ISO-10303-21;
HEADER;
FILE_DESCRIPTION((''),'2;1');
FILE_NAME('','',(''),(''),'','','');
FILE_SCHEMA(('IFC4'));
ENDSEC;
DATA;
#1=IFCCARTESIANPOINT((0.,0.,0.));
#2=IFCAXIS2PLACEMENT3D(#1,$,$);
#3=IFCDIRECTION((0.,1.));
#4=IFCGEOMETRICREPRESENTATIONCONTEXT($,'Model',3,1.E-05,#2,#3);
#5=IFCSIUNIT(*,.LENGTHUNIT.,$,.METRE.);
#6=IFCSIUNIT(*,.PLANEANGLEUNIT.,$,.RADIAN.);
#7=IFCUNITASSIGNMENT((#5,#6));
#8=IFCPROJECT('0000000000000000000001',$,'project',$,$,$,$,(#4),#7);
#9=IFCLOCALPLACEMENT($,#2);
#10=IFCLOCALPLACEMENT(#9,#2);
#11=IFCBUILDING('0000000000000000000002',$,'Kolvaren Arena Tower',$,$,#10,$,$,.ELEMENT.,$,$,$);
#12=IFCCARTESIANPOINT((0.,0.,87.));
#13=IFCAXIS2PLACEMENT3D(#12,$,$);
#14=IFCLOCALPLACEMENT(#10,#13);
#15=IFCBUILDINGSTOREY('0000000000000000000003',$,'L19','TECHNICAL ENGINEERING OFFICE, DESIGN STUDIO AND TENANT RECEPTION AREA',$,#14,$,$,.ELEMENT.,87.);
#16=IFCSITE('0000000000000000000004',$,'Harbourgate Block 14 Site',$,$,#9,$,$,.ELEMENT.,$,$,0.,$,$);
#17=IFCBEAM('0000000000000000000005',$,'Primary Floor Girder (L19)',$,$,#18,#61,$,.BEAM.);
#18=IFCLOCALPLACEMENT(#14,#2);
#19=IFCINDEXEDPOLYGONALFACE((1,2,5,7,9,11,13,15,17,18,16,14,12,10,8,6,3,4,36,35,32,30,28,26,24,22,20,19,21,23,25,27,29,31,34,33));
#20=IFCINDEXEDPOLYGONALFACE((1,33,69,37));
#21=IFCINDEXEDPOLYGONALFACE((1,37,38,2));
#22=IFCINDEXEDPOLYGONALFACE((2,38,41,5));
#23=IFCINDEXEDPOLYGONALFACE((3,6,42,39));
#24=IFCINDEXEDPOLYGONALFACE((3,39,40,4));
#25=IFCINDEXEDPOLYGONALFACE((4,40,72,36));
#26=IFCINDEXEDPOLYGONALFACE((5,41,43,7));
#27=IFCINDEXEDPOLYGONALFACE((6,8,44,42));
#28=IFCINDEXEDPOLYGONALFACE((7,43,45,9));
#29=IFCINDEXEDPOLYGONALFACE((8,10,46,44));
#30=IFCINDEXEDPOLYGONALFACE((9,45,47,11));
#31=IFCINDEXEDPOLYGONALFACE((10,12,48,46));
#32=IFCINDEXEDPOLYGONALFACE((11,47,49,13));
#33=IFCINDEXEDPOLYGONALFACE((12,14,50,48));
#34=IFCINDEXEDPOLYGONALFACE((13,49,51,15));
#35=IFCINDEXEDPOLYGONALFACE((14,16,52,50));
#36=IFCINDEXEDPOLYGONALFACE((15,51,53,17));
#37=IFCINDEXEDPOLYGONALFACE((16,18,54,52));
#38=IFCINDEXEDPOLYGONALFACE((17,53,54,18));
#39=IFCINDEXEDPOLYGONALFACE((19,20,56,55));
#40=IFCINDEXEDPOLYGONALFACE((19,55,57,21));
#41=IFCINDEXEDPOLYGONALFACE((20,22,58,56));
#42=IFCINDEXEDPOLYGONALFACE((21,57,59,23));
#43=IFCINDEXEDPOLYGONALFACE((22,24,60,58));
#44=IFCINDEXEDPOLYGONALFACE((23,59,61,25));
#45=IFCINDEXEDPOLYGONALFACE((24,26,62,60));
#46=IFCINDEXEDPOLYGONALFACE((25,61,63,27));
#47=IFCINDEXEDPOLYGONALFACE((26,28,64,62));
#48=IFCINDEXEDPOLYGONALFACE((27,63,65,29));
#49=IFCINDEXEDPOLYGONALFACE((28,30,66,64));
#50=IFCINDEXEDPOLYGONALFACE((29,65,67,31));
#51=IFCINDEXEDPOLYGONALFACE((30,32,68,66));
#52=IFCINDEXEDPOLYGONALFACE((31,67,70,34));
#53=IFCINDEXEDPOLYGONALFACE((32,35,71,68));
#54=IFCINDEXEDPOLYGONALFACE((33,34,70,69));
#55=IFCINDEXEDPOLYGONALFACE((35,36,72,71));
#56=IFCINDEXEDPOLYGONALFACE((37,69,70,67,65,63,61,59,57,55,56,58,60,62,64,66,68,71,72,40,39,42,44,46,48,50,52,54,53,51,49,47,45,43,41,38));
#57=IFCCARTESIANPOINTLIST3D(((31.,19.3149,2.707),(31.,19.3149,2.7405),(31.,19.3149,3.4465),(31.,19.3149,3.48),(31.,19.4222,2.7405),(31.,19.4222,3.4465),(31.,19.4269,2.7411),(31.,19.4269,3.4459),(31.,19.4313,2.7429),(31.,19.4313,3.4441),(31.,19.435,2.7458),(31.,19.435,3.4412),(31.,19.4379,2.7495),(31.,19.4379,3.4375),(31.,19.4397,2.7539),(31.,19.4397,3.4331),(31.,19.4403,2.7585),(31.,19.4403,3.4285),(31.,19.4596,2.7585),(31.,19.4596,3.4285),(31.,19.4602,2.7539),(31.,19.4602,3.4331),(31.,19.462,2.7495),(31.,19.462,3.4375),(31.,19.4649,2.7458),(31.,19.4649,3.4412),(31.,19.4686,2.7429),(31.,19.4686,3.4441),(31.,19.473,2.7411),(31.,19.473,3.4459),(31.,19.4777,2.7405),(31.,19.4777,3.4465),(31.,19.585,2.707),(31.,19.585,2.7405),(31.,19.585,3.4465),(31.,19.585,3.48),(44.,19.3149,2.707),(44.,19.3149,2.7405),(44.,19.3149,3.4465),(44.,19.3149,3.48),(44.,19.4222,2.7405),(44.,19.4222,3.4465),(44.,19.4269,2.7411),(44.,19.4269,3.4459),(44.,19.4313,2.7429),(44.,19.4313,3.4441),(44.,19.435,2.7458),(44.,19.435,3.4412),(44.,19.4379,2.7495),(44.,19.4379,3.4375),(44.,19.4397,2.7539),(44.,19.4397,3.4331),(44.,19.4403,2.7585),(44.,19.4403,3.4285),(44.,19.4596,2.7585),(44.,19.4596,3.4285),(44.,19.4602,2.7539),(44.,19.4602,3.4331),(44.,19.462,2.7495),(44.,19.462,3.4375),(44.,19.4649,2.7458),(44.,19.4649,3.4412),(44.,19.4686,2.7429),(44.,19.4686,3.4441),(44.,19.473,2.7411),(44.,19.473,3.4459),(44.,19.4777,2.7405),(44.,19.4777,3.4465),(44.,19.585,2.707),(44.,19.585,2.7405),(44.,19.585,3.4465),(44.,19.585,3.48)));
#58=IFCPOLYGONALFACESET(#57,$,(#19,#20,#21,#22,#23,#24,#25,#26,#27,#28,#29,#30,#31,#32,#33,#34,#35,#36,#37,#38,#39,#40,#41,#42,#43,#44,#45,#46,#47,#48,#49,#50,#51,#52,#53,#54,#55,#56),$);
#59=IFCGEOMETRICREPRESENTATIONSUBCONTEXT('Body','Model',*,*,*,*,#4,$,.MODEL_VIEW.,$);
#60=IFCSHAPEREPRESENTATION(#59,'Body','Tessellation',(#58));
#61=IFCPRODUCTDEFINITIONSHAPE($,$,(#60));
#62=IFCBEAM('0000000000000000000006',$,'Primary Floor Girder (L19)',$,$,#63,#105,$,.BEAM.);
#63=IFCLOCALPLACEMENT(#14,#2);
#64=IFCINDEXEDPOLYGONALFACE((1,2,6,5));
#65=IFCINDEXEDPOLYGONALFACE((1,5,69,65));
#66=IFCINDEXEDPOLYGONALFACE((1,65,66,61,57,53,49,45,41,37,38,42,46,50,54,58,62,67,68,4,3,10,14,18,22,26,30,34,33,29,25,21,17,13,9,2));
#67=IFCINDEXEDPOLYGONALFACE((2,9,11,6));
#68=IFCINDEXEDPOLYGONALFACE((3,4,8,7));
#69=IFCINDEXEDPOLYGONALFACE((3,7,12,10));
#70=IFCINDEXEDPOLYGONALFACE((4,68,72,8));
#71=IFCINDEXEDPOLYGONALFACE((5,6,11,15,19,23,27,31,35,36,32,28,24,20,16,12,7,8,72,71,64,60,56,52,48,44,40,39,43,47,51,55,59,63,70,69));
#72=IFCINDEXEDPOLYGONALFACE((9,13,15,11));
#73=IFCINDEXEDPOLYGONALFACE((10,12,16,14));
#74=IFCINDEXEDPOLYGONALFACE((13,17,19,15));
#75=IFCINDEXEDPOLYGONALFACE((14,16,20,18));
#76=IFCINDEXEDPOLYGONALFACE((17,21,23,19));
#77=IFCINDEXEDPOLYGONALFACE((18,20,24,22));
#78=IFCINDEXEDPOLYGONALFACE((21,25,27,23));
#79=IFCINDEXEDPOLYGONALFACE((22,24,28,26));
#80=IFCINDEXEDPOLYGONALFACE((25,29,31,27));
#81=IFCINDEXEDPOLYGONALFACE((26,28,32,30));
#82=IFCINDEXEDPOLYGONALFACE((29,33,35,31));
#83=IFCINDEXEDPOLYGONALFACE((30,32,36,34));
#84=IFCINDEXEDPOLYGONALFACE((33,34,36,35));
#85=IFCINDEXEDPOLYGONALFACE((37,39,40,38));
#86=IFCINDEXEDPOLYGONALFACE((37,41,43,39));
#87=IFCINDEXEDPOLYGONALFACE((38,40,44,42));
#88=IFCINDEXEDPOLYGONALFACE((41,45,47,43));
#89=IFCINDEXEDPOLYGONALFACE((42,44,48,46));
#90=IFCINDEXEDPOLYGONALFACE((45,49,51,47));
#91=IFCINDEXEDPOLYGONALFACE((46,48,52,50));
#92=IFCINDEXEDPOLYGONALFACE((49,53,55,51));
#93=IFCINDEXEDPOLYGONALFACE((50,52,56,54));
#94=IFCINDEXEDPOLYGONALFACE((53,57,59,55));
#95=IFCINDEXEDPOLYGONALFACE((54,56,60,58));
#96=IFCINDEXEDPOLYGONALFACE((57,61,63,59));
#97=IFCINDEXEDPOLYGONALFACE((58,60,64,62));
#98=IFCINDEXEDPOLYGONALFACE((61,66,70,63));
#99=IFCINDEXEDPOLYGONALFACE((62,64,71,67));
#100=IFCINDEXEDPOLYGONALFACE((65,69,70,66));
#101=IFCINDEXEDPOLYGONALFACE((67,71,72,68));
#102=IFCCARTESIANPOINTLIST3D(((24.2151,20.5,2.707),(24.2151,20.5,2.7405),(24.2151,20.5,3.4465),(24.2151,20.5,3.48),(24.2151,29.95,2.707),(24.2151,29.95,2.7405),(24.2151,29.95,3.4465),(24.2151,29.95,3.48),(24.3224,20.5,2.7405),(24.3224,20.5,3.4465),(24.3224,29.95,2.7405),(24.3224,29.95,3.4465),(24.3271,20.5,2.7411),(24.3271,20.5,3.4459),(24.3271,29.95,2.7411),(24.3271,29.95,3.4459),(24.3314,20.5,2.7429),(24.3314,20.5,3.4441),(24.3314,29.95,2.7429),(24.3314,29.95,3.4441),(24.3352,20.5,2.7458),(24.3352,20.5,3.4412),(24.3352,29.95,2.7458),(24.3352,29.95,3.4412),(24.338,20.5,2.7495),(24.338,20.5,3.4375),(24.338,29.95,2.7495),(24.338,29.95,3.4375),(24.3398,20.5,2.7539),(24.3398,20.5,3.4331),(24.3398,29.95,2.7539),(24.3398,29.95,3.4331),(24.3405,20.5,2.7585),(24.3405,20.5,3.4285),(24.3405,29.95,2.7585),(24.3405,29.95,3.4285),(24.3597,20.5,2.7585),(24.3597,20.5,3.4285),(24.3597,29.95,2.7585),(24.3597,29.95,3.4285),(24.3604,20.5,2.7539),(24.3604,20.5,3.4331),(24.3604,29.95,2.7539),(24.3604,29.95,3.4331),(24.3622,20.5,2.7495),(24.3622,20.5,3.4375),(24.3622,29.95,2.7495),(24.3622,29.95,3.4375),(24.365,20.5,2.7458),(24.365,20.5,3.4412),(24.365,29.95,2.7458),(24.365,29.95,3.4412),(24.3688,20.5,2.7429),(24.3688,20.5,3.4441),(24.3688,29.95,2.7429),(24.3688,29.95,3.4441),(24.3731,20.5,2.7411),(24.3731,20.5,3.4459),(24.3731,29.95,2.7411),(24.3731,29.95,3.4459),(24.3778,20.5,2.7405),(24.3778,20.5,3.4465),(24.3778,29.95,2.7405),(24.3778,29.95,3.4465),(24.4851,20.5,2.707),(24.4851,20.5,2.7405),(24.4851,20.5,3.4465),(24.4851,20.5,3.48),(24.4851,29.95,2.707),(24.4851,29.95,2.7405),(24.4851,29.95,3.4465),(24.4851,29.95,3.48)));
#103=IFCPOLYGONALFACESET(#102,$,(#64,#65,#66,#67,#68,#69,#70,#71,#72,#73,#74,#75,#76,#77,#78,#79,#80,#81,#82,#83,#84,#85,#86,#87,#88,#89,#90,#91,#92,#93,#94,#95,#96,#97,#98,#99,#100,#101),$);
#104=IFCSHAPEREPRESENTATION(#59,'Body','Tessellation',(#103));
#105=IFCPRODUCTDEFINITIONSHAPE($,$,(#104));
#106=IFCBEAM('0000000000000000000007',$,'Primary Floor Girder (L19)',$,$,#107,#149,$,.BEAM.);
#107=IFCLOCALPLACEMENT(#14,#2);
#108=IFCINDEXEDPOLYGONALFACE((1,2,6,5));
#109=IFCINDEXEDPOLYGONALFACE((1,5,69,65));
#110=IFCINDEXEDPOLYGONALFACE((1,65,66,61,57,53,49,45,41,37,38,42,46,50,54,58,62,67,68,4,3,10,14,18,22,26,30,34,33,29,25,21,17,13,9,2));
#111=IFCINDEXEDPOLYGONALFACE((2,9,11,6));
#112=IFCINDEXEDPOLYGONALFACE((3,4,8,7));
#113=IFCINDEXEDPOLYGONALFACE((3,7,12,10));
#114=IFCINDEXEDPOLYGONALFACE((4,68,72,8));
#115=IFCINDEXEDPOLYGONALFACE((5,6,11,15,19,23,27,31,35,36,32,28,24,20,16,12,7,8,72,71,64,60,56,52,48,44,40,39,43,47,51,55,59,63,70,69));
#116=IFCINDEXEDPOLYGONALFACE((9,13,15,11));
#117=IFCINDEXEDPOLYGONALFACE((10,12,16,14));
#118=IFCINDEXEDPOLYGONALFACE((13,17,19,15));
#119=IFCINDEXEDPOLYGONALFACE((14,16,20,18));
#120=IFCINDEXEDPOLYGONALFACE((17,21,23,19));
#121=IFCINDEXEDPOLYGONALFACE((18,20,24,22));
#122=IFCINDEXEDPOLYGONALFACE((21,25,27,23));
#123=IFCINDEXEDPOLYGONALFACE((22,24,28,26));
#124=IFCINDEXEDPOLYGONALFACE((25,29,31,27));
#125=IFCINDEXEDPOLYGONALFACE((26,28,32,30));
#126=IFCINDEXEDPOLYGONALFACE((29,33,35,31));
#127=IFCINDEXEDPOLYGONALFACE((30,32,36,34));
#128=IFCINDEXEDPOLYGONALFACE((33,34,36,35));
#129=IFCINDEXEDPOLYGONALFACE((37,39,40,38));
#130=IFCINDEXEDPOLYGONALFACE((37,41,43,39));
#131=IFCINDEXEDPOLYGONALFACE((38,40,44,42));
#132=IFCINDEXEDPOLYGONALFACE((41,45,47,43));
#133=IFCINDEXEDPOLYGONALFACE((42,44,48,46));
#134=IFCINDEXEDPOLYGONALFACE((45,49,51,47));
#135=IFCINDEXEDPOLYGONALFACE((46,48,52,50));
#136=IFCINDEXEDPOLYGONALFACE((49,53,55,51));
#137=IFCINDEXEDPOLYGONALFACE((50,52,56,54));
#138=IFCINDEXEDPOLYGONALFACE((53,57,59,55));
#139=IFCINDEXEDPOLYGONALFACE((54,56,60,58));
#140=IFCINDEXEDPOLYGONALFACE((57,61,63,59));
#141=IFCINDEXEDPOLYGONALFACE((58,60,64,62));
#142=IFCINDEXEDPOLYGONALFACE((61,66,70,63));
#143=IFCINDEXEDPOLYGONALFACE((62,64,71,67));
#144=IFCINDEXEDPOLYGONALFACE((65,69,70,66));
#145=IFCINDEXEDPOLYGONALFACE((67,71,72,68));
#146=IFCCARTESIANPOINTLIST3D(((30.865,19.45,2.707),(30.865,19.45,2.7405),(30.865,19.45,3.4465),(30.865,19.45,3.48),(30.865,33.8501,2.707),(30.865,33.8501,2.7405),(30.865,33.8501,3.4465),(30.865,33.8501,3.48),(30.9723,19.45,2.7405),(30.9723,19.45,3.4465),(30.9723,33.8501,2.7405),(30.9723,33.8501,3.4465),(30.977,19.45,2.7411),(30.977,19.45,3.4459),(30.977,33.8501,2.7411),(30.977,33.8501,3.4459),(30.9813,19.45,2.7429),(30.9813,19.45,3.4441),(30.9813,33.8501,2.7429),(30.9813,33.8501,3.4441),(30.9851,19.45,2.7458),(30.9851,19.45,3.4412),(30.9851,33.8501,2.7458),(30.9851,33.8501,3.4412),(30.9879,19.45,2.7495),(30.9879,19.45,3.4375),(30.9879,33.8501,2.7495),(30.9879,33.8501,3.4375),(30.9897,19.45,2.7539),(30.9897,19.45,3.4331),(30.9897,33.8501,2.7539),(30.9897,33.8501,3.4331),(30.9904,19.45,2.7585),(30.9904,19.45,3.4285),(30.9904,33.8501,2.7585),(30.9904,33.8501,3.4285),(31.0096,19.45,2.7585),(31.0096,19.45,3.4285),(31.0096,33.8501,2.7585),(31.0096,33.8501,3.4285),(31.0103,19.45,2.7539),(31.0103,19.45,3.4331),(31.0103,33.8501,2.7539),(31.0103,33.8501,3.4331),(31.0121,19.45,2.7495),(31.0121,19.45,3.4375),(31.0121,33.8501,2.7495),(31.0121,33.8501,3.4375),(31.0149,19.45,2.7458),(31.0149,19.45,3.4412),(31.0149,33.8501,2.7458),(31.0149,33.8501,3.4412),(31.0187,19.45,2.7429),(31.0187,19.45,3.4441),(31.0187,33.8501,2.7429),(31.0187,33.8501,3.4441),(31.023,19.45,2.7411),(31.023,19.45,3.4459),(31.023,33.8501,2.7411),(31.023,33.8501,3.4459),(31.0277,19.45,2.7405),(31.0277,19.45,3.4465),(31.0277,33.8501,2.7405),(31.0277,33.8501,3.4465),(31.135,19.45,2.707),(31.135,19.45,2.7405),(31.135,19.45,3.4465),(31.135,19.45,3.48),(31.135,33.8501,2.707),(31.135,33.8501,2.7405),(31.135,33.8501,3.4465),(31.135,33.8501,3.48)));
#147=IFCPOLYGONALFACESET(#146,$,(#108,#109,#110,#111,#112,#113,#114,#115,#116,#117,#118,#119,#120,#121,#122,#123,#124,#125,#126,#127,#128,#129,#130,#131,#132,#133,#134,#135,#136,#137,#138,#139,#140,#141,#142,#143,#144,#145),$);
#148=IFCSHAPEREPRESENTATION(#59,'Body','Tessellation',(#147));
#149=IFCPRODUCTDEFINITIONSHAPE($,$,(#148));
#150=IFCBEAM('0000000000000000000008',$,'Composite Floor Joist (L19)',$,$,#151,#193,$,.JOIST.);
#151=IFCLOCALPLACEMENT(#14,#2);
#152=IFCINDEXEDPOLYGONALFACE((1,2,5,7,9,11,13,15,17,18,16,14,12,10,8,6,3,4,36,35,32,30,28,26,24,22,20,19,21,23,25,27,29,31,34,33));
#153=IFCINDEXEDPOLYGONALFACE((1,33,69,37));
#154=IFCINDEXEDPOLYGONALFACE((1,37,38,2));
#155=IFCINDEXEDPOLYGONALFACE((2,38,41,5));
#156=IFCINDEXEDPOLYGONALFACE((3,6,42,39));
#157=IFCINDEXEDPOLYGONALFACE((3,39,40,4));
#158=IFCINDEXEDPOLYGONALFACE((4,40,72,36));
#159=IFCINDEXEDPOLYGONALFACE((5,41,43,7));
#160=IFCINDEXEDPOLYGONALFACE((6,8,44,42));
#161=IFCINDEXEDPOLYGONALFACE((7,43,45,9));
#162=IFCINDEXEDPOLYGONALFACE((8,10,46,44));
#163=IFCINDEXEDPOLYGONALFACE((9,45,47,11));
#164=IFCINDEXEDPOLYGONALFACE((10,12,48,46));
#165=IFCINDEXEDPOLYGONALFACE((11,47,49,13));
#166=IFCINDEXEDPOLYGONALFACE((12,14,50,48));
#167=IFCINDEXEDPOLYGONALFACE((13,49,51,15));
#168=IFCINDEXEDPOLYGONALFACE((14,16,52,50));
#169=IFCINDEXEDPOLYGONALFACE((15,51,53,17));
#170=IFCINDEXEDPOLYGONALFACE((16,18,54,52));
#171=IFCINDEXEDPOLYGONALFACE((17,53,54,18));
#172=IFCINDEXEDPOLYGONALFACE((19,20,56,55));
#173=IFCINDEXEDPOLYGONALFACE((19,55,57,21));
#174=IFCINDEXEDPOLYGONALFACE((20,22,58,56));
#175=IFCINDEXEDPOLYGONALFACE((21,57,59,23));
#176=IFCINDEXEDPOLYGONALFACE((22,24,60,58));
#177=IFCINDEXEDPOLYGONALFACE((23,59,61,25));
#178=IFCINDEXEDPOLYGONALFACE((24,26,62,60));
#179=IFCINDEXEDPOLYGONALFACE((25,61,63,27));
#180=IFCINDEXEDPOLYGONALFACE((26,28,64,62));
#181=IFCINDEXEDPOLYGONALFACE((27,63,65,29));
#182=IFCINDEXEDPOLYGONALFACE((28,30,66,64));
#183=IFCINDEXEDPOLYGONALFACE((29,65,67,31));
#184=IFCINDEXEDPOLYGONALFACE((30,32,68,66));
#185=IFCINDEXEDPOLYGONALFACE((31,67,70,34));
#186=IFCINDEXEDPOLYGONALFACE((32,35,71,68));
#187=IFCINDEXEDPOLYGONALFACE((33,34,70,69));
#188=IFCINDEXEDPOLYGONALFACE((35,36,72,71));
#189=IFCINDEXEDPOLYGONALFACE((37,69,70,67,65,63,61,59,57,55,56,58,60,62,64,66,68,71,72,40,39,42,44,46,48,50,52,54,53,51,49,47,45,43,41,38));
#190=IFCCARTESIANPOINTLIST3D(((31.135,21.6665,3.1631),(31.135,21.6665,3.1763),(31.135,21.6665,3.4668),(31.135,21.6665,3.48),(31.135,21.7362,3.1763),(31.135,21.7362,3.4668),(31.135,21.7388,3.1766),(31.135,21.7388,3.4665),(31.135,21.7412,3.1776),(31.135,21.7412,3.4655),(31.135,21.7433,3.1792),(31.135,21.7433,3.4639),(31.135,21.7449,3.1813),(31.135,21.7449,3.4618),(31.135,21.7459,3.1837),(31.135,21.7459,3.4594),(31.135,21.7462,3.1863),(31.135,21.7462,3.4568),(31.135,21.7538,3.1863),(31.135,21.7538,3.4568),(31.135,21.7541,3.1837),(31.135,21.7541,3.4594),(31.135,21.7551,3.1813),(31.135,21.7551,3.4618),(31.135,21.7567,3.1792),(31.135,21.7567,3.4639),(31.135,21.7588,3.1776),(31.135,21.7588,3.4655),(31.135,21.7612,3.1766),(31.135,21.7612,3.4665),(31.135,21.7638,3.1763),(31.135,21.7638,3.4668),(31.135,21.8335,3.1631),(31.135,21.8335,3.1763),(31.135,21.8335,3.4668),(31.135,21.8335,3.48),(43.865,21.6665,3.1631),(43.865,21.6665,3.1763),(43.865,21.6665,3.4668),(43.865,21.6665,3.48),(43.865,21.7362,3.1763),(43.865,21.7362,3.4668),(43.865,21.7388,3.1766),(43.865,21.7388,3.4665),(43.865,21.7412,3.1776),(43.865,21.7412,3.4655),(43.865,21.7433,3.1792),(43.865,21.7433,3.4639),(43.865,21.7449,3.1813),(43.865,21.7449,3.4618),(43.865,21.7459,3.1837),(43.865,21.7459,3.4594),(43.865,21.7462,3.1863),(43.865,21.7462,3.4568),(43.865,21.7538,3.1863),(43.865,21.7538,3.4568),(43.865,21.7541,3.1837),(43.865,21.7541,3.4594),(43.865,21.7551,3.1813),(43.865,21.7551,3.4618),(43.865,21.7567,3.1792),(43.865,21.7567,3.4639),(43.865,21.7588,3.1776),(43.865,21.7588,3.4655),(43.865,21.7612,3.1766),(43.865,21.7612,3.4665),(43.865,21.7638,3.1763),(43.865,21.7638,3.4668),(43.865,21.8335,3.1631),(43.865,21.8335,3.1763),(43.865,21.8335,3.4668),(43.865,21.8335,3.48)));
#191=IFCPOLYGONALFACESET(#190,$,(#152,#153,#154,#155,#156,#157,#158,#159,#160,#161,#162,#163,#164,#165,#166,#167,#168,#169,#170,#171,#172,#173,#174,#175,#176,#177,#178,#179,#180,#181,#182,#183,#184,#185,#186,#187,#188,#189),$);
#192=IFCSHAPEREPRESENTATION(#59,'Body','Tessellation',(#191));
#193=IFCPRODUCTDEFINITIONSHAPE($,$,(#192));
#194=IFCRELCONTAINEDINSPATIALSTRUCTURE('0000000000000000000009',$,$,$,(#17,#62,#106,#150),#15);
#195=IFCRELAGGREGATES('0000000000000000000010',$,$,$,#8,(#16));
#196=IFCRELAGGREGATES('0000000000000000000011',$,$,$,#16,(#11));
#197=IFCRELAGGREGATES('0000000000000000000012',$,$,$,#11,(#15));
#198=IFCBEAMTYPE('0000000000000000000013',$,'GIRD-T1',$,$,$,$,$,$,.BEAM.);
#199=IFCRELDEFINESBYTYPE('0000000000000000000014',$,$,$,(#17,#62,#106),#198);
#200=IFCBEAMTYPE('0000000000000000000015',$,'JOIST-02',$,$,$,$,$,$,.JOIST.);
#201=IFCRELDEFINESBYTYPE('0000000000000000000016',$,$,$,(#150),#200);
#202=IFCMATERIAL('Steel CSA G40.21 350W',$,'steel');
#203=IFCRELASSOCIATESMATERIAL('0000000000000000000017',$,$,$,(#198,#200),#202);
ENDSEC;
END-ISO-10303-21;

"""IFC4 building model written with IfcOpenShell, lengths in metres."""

from ifc_helpers import new_model, si_unit, direction, frame, origin, origin_2d, place, context, subcontext, project, spatial, i_section, extrude, material, material_profile, profile_set, type_object, element, save


model = new_model("IFC4")

# Units and contexts
model_context = context("Model", 3, precision=1e-05, world=origin(), true_north=direction((0.0, 1.0)))
body_context = subcontext(model_context, "Body", "Model", "MODEL_VIEW")
ifc_project = project(units=[si_unit("LENGTHUNIT", "METRE"), si_unit("PLANEANGLEUNIT", "RADIAN")], contexts=[model_context])

# Site, building, storey
site_placement = place(None, origin())
site = spatial("IfcSite", under=ifc_project, at=site_placement, Name="Harbourgate Block 14 Site", CompositionType="ELEMENT", RefElevation=0.0)
building_placement = place(site_placement, origin())
building = spatial("IfcBuilding", under=site, at=building_placement, Name="Kolvaren Arena Tower", CompositionType="ELEMENT")
storey_placement = place(building_placement, frame((0.0, 0.0, 87.0)))
storey = spatial("IfcBuildingStorey", under=building, at=storey_placement, Name="L19", Description="TECHNICAL ENGINEERING OFFICE, DESIGN STUDIO AND TENANT RECEPTION AREA", CompositionType="ELEMENT", Elevation=87.0)

# Beams
ifc_material_1 = material(Name="Steel CSA G40.21 350W", Category="steel")
ifc_material_profile_1 = material_profile(ifc_material_1, i_section(OverallWidth=0.27, OverallDepth=0.7729, WebThickness=0.0193, FlangeThickness=0.0334, FilletRadius=0.0181, at=origin_2d()), Name="W760x257")
ifc_profile_set_1 = profile_set([ifc_material_profile_1], Name="Steel CSA G40.21 350W")
beam_type_1 = type_object("IfcBeamType", Name="GIRD-T1", PredefinedType="BEAM", material=ifc_profile_set_1)
beam_1_placement = place(storey_placement, frame((31.0, 19.45, 3.0935), z_axis=(1.0, 0.0, 0.0), x_axis=(0.0, 1.0, 0.0)))
element("IfcBeam", 1, at=beam_1_placement, inside=storey, type_object=beam_type_1, Name="Primary Floor Girder (L19)", PredefinedType="BEAM", context=body_context, shape_type="SweptSolid", body=[
    extrude(i_section(OverallWidth=0.27, OverallDepth=0.7729, WebThickness=0.0193, FlangeThickness=0.0334, FilletRadius=0.0181, at=origin_2d()), origin(), (0.0, 0.0, 1.0), 13.0),
])
beam_2_placement = place(storey_placement, frame((24.3501, 20.5, 3.0935), z_axis=(0.0, 1.0, 0.0), x_axis=(-1.0, 0.0, 0.0)))
element("IfcBeam", 2, at=beam_2_placement, inside=storey, type_object=beam_type_1, Name="Primary Floor Girder (L19)", PredefinedType="BEAM", context=body_context, shape_type="SweptSolid", body=[
    extrude(i_section(OverallWidth=0.27, OverallDepth=0.7729, WebThickness=0.0193, FlangeThickness=0.0334, FilletRadius=0.0181, at=origin_2d()), origin(), (0.0, 0.0, 1.0), 9.45),
])
beam_3_placement = place(storey_placement, frame((31.0, 19.45, 3.0935), z_axis=(0.0, 1.0, 0.0), x_axis=(-1.0, 0.0, 0.0)))
element("IfcBeam", 3, at=beam_3_placement, inside=storey, type_object=beam_type_1, Name="Primary Floor Girder (L19)", PredefinedType="BEAM", context=body_context, shape_type="SweptSolid", body=[
    extrude(i_section(OverallWidth=0.27, OverallDepth=0.7729, WebThickness=0.0193, FlangeThickness=0.0334, FilletRadius=0.0181, at=origin_2d()), origin(), (0.0, 0.0, 1.0), 14.4001),
])
ifc_material_profile_2 = material_profile(ifc_material_1, i_section(OverallWidth=0.167, OverallDepth=0.3169, WebThickness=0.0076, FlangeThickness=0.0132, FilletRadius=0.01, at=origin_2d()), Name="W310x52")
ifc_profile_set_2 = profile_set([ifc_material_profile_2], Name="Steel CSA G40.21 350W")
beam_type_2 = type_object("IfcBeamType", Name="JOIST-02", PredefinedType="JOIST", material=ifc_profile_set_2)
beam_4_placement = place(storey_placement, frame((31.135, 21.75, 3.3215), z_axis=(1.0, 0.0, 0.0), x_axis=(0.0, 1.0, 0.0)))
element("IfcBeam", 4, at=beam_4_placement, inside=storey, type_object=beam_type_2, Name="Composite Floor Joist (L19)", PredefinedType="JOIST", context=body_context, shape_type="SweptSolid", body=[
    extrude(i_section(OverallWidth=0.167, OverallDepth=0.3169, WebThickness=0.0076, FlangeThickness=0.0132, FilletRadius=0.01, at=origin_2d()), origin(), (0.0, 0.0, 1.0), 12.73),
])

save(model, "model.ifc")
